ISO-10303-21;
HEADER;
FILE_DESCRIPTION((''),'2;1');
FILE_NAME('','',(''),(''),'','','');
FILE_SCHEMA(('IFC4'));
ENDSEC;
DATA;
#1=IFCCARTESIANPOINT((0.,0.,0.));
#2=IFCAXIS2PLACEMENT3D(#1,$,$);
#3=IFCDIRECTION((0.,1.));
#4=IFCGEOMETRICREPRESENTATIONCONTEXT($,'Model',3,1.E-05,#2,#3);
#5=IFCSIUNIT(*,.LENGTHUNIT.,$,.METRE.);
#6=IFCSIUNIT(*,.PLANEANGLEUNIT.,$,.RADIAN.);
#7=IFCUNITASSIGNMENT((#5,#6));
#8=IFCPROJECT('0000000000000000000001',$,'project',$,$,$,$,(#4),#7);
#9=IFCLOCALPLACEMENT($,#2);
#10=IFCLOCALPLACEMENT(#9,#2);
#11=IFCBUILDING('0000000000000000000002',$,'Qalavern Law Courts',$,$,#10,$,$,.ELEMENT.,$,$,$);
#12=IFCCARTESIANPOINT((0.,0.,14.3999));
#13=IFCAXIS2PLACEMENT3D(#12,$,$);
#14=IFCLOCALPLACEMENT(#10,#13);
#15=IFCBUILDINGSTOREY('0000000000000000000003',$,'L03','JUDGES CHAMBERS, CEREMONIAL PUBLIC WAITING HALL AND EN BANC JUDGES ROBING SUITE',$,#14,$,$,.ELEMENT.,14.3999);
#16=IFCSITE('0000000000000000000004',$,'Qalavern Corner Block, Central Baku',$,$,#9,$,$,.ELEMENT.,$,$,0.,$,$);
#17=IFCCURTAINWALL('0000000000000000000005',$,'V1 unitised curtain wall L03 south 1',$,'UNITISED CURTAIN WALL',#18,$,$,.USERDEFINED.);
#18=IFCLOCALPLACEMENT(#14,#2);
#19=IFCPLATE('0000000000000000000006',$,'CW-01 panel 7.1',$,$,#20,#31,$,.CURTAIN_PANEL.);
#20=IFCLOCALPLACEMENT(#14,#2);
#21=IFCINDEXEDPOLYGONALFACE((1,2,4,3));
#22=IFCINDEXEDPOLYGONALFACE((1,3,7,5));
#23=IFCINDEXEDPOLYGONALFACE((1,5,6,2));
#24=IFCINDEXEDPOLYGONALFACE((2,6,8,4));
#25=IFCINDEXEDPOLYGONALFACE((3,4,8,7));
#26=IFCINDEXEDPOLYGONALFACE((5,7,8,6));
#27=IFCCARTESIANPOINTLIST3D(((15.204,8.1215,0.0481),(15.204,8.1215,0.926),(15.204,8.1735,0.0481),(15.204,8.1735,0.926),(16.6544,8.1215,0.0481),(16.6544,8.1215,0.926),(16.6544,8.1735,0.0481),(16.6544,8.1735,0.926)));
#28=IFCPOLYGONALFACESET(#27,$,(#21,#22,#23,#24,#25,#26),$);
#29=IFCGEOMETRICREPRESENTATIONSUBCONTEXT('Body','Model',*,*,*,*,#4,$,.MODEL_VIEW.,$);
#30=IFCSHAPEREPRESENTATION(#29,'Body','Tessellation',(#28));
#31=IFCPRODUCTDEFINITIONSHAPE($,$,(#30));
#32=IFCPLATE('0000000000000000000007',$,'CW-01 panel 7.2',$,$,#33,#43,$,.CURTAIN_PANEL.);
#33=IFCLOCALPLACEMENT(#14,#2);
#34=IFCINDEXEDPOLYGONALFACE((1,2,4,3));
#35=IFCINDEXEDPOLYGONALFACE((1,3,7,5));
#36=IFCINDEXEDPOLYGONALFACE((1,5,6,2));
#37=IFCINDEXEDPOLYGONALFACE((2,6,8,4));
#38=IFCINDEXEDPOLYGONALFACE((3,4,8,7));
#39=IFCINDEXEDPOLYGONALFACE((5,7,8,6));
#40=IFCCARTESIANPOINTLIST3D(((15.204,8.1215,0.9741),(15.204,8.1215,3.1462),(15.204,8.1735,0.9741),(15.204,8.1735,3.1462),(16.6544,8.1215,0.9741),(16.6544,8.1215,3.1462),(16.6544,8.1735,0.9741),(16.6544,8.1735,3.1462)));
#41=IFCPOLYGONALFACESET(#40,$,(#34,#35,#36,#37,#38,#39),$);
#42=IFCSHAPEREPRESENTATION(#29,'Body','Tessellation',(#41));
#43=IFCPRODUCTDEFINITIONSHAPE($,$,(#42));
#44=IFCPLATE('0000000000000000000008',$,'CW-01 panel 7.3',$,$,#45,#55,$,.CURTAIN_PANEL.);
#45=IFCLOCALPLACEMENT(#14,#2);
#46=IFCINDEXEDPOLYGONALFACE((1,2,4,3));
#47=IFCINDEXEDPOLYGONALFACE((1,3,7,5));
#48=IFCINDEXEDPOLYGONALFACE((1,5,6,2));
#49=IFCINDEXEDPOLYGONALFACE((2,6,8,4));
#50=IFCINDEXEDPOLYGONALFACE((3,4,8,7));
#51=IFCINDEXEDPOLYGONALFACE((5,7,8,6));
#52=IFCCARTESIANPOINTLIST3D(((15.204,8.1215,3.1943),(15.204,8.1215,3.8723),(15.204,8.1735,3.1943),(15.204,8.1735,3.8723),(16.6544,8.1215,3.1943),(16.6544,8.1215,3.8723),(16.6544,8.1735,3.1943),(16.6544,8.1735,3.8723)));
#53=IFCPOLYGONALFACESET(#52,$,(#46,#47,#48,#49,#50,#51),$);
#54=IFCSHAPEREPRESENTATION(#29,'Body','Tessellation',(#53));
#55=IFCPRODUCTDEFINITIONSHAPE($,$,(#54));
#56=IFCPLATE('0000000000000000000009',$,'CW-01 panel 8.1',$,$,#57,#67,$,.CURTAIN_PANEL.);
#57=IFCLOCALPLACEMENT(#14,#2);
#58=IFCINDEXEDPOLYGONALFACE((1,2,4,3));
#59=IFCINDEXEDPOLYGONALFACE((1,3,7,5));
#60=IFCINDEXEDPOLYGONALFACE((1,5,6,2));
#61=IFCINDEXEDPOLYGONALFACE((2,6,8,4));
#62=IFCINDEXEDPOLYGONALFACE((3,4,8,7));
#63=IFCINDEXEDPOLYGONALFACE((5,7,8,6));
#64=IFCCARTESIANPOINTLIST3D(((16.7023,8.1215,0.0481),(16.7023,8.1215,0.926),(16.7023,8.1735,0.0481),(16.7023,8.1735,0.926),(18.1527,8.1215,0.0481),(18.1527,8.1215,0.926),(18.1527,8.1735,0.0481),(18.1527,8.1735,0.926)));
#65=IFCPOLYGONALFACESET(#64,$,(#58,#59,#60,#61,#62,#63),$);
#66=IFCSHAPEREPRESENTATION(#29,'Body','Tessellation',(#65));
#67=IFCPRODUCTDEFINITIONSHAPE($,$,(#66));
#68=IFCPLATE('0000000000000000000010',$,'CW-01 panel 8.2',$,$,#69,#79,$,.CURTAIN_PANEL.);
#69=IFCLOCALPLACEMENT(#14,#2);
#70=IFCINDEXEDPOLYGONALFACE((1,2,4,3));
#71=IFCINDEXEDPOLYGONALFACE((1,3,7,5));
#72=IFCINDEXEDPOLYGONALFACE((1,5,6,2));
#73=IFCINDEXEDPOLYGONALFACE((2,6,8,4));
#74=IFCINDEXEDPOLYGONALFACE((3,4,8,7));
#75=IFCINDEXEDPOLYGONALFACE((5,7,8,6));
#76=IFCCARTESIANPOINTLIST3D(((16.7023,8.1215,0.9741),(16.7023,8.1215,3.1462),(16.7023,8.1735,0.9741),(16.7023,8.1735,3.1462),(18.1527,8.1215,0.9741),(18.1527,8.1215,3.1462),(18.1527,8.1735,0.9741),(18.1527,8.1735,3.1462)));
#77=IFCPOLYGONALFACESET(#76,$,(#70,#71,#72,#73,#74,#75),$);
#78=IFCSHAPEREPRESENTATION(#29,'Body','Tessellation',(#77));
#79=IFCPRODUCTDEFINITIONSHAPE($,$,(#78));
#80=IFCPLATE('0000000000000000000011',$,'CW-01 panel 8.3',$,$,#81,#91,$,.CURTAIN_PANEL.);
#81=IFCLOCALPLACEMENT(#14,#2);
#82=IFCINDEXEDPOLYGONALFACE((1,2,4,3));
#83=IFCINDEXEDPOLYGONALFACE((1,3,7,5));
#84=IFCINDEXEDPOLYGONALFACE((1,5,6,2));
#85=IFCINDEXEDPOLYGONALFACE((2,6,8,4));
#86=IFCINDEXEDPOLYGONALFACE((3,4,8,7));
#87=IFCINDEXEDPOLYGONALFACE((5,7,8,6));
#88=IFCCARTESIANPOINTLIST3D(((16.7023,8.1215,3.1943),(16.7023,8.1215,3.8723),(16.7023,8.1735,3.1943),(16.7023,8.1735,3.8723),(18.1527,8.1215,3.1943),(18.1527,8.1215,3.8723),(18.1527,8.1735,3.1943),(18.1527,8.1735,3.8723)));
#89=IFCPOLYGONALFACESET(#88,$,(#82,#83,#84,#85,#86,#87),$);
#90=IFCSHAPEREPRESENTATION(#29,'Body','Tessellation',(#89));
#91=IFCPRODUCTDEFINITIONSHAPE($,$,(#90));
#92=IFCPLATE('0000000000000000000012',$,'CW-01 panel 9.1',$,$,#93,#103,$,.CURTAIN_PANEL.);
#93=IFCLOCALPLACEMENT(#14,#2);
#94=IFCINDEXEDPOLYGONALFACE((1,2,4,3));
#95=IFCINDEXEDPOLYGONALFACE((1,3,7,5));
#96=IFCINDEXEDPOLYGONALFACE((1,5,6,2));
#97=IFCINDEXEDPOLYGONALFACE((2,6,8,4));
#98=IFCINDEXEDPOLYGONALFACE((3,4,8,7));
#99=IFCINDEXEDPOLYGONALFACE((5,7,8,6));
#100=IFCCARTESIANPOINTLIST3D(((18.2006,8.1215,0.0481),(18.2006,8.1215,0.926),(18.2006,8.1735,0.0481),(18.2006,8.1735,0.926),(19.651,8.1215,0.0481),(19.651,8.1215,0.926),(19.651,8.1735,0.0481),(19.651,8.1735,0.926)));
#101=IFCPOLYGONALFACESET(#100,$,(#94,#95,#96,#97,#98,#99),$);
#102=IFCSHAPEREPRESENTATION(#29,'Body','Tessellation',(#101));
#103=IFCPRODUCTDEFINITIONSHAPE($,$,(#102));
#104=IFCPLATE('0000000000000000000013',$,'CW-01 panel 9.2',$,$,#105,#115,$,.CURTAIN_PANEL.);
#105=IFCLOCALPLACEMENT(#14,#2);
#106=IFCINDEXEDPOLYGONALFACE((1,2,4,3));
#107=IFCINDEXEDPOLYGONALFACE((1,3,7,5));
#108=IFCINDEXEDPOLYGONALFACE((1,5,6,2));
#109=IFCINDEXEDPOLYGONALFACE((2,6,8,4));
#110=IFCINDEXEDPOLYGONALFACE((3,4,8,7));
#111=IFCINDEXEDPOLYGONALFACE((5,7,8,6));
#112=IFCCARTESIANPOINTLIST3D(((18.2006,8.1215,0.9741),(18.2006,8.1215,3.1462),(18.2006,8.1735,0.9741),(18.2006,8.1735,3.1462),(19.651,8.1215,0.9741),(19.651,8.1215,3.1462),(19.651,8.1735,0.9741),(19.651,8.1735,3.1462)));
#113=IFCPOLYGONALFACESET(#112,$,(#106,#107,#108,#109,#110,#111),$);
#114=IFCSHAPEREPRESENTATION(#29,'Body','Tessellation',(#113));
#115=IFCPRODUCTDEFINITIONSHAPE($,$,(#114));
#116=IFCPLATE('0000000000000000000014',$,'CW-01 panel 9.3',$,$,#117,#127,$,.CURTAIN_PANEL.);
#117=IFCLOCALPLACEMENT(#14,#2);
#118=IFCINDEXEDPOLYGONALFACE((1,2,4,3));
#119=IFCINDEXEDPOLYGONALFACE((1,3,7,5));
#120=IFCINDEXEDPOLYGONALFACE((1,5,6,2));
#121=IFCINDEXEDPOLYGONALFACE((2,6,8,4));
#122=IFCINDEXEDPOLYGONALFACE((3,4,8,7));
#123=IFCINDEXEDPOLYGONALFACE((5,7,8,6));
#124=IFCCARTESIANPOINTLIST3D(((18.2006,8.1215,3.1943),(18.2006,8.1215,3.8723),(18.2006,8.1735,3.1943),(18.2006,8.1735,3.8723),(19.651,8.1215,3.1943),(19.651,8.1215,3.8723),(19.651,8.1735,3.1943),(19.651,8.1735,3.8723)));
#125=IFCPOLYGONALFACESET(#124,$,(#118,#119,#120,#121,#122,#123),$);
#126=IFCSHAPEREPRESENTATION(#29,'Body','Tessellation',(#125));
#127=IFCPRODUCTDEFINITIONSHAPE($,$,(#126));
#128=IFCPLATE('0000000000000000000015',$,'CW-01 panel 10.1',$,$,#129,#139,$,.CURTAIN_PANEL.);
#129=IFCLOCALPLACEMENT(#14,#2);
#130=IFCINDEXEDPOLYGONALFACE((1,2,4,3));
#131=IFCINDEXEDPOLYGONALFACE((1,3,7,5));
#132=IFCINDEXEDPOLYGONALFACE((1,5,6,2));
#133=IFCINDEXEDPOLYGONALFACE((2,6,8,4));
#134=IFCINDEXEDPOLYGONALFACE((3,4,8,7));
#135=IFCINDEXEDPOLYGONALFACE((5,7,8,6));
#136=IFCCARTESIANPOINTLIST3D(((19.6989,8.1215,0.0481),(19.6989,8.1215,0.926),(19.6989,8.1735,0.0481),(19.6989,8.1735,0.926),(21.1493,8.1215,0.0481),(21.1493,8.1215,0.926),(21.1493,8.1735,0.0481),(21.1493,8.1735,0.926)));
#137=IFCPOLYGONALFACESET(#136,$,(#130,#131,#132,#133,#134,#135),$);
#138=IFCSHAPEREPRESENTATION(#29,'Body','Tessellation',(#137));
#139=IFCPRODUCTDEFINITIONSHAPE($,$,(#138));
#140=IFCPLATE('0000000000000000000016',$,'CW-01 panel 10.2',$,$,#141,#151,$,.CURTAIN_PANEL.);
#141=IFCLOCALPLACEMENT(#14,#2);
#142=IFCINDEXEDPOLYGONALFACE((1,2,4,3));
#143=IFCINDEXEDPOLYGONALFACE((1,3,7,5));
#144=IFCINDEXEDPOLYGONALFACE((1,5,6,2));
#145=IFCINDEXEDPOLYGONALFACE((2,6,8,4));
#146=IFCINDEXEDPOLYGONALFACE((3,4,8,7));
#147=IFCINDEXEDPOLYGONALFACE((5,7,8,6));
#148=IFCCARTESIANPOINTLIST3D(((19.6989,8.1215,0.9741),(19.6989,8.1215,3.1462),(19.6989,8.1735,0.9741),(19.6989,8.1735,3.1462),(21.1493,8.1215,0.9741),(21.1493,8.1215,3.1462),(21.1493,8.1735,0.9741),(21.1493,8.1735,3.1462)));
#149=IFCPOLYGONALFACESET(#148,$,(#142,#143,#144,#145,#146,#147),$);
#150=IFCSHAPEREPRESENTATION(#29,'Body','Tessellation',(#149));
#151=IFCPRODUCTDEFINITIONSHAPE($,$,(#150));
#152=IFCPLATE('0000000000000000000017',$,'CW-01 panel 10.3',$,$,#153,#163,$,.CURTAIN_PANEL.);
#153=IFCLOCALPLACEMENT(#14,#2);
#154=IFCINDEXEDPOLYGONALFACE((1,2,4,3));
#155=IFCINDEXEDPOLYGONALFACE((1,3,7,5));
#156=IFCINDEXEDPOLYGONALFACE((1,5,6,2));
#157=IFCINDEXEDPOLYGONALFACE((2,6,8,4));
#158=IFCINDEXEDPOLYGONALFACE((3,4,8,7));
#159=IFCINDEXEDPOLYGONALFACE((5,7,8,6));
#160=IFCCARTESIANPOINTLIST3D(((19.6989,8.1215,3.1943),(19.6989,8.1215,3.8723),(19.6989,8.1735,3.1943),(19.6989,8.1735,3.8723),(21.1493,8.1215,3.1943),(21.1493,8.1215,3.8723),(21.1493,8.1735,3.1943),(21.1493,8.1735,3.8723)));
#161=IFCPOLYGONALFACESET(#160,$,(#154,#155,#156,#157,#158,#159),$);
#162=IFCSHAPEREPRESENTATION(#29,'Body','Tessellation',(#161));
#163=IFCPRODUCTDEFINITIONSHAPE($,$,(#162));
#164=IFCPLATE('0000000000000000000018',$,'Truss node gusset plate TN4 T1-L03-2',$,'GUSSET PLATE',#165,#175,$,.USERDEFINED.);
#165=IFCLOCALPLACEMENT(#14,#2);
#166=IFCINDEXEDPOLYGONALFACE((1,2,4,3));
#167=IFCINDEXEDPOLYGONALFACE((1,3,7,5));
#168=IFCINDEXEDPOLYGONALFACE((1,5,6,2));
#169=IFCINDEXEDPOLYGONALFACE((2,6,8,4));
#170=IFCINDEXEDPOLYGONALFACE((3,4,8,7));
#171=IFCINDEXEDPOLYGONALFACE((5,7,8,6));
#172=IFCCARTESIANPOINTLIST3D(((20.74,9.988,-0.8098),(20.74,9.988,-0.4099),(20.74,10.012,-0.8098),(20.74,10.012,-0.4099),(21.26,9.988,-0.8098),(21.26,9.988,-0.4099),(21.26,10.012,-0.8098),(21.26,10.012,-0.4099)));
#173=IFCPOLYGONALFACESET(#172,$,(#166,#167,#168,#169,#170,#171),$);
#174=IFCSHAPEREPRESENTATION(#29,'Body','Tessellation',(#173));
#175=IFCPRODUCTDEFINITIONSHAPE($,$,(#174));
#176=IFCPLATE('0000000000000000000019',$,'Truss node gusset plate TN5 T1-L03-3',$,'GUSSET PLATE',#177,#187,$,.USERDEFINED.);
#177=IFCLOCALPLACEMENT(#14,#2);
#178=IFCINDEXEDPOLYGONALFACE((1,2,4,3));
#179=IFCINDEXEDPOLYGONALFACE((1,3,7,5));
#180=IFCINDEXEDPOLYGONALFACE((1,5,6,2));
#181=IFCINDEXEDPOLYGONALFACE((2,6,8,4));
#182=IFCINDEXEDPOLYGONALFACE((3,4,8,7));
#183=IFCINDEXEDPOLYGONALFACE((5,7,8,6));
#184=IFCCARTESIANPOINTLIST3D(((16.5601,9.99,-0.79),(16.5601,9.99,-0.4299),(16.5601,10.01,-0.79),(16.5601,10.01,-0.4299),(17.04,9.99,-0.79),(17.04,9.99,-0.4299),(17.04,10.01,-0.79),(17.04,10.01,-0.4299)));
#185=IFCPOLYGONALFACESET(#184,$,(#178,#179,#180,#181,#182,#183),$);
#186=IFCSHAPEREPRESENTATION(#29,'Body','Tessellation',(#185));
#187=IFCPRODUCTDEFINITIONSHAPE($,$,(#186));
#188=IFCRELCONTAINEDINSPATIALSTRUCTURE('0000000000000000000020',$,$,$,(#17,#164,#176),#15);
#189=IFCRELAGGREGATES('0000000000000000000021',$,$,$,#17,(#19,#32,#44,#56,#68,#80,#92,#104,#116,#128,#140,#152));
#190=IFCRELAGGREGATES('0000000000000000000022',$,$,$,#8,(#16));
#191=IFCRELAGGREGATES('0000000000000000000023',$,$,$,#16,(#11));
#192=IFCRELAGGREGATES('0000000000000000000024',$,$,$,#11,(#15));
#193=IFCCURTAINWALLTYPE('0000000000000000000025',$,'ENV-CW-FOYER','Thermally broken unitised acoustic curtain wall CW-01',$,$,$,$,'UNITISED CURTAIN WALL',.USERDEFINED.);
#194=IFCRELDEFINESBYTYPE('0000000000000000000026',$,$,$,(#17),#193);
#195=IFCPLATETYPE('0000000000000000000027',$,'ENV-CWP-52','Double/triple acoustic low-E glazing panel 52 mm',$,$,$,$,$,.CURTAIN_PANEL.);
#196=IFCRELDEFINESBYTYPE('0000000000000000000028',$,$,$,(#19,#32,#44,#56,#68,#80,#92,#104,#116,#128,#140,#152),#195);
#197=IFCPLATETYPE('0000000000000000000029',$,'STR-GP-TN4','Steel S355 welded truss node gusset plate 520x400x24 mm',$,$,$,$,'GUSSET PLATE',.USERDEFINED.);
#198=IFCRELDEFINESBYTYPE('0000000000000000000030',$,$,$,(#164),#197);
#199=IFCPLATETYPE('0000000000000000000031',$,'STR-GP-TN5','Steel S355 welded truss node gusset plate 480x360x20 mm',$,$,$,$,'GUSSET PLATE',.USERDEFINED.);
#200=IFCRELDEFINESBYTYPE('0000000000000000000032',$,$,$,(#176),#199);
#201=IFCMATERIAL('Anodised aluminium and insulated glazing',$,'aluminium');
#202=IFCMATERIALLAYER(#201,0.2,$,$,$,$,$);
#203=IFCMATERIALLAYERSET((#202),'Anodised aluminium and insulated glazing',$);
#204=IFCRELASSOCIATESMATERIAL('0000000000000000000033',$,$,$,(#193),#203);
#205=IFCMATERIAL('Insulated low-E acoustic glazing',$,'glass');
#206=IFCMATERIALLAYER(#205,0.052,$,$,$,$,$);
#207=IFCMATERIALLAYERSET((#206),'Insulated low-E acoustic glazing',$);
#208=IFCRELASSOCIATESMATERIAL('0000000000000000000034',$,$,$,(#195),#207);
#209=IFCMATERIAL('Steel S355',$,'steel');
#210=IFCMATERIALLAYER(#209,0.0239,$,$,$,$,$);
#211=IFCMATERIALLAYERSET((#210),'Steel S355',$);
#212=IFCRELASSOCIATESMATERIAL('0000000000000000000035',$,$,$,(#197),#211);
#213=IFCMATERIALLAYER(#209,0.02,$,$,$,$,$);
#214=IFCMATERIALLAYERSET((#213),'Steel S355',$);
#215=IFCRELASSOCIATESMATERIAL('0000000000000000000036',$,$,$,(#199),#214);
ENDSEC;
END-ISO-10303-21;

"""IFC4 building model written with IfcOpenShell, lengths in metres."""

from ifc_helpers import new_model, si_unit, direction, frame, origin, origin_2d, place, context, subcontext, project, spatial, rectangle, extrude, material, layer, layer_set, type_object, element, aggregate, save


model = new_model("IFC4")

# Units and contexts
model_context = context("Model", 3, precision=1e-05, world=origin(), true_north=direction((0.0, 1.0)))
body_context = subcontext(model_context, "Body", "Model", "MODEL_VIEW")
ifc_project = project(units=[si_unit("LENGTHUNIT", "METRE"), si_unit("PLANEANGLEUNIT", "RADIAN")], contexts=[model_context])

# Site, building, storey
site_placement = place(None, origin())
site = spatial("IfcSite", under=ifc_project, at=site_placement, Name="Qalavern Corner Block, Central Baku", CompositionType="ELEMENT", RefElevation=0.0)
building_placement = place(site_placement, origin())
building = spatial("IfcBuilding", under=site, at=building_placement, Name="Qalavern Law Courts", CompositionType="ELEMENT")
storey_placement = place(building_placement, frame((0.0, 0.0, 14.3999)))
storey = spatial("IfcBuildingStorey", under=building, at=storey_placement, Name="L03", Description="JUDGES CHAMBERS, CEREMONIAL PUBLIC WAITING HALL AND EN BANC JUDGES ROBING SUITE", CompositionType="ELEMENT", Elevation=14.3999)

# Curtain wall
ifc_material_1 = material(Name="Anodised aluminium and insulated glazing", Category="aluminium")
ifc_layer_1 = layer(ifc_material_1, 0.2)
ifc_layer_set_1 = layer_set([ifc_layer_1], Name="Anodised aluminium and insulated glazing")
curtain_wall_type = type_object("IfcCurtainWallType", Name="ENV-CW-FOYER", Description="Thermally broken unitised acoustic curtain wall CW-01", ElementType="UNITISED CURTAIN WALL", PredefinedType="USERDEFINED", material=ifc_layer_set_1)
curtain_wall_placement = place(storey_placement, origin())
curtain_wall = element("IfcCurtainWall", 1, at=curtain_wall_placement, inside=storey, type_object=curtain_wall_type, Name="V1 unitised curtain wall L03 south 1", ObjectType="UNITISED CURTAIN WALL", PredefinedType="USERDEFINED")

# Shared definitions
ifc_material_2 = material(Name="Steel S355", Category="steel")

# Plates
ifc_material_3 = material(Name="Insulated low-E acoustic glazing", Category="glass")
ifc_layer_2 = layer(ifc_material_3, 0.052)
ifc_layer_set_2 = layer_set([ifc_layer_2], Name="Insulated low-E acoustic glazing")
plate_type_1 = type_object("IfcPlateType", Name="ENV-CWP-52", Description="Double/triple acoustic low-E glazing panel 52 mm", PredefinedType="CURTAIN_PANEL", material=ifc_layer_set_2)
plate_1_placement = place(storey_placement, frame((15.9292, 8.1475, 0.0481), z_axis=(0.0, 0.0, 1.0), x_axis=(1.0, 0.0, 0.0)))
plate_1 = element("IfcPlate", 2, at=plate_1_placement, type_object=plate_type_1, Name="CW-01 panel 7.1", PredefinedType="CURTAIN_PANEL", context=body_context, shape_type="SweptSolid", body=[
    extrude(rectangle(XDim=1.4504, YDim=0.052, at=origin_2d()), origin(), (0.0, 0.0, 1.0), 0.8779),
])
plate_2_placement = place(storey_placement, frame((15.9292, 8.1475, 0.9741), z_axis=(0.0, 0.0, 1.0), x_axis=(1.0, 0.0, 0.0)))
plate_2 = element("IfcPlate", 3, at=plate_2_placement, type_object=plate_type_1, Name="CW-01 panel 7.2", PredefinedType="CURTAIN_PANEL", context=body_context, shape_type="SweptSolid", body=[
    extrude(rectangle(XDim=1.4504, YDim=0.052, at=origin_2d()), origin(), (0.0, 0.0, 1.0), 2.1721),
])
plate_3_placement = place(storey_placement, frame((15.9292, 8.1475, 3.1943), z_axis=(0.0, 0.0, 1.0), x_axis=(1.0, 0.0, 0.0)))
plate_3 = element("IfcPlate", 4, at=plate_3_placement, type_object=plate_type_1, Name="CW-01 panel 7.3", PredefinedType="CURTAIN_PANEL", context=body_context, shape_type="SweptSolid", body=[
    extrude(rectangle(XDim=1.4504, YDim=0.052, at=origin_2d()), origin(), (0.0, 0.0, 1.0), 0.678),
])
plate_4_placement = place(storey_placement, frame((17.4275, 8.1475, 0.0481), z_axis=(0.0, 0.0, 1.0), x_axis=(1.0, 0.0, 0.0)))
plate_4 = element("IfcPlate", 5, at=plate_4_placement, type_object=plate_type_1, Name="CW-01 panel 8.1", PredefinedType="CURTAIN_PANEL", context=body_context, shape_type="SweptSolid", body=[
    extrude(rectangle(XDim=1.4504, YDim=0.052, at=origin_2d()), origin(), (0.0, 0.0, 1.0), 0.8779),
])
plate_5_placement = place(storey_placement, frame((17.4275, 8.1475, 0.9741), z_axis=(0.0, 0.0, 1.0), x_axis=(1.0, 0.0, 0.0)))
plate_5 = element("IfcPlate", 6, at=plate_5_placement, type_object=plate_type_1, Name="CW-01 panel 8.2", PredefinedType="CURTAIN_PANEL", context=body_context, shape_type="SweptSolid", body=[
    extrude(rectangle(XDim=1.4504, YDim=0.052, at=origin_2d()), origin(), (0.0, 0.0, 1.0), 2.1721),
])
plate_6_placement = place(storey_placement, frame((17.4275, 8.1475, 3.1943), z_axis=(0.0, 0.0, 1.0), x_axis=(1.0, 0.0, 0.0)))
plate_6 = element("IfcPlate", 7, at=plate_6_placement, type_object=plate_type_1, Name="CW-01 panel 8.3", PredefinedType="CURTAIN_PANEL", context=body_context, shape_type="SweptSolid", body=[
    extrude(rectangle(XDim=1.4504, YDim=0.052, at=origin_2d()), origin(), (0.0, 0.0, 1.0), 0.678),
])
plate_7_placement = place(storey_placement, frame((18.9258, 8.1475, 0.0481), z_axis=(0.0, 0.0, 1.0), x_axis=(1.0, 0.0, 0.0)))
plate_7 = element("IfcPlate", 8, at=plate_7_placement, type_object=plate_type_1, Name="CW-01 panel 9.1", PredefinedType="CURTAIN_PANEL", context=body_context, shape_type="SweptSolid", body=[
    extrude(rectangle(XDim=1.4504, YDim=0.052, at=origin_2d()), origin(), (0.0, 0.0, 1.0), 0.8779),
])
plate_8_placement = place(storey_placement, frame((18.9258, 8.1475, 0.9741), z_axis=(0.0, 0.0, 1.0), x_axis=(1.0, 0.0, 0.0)))
plate_8 = element("IfcPlate", 9, at=plate_8_placement, type_object=plate_type_1, Name="CW-01 panel 9.2", PredefinedType="CURTAIN_PANEL", context=body_context, shape_type="SweptSolid", body=[
    extrude(rectangle(XDim=1.4504, YDim=0.052, at=origin_2d()), origin(), (0.0, 0.0, 1.0), 2.1721),
])
plate_9_placement = place(storey_placement, frame((18.9258, 8.1475, 3.1943), z_axis=(0.0, 0.0, 1.0), x_axis=(1.0, 0.0, 0.0)))
plate_9 = element("IfcPlate", 10, at=plate_9_placement, type_object=plate_type_1, Name="CW-01 panel 9.3", PredefinedType="CURTAIN_PANEL", context=body_context, shape_type="SweptSolid", body=[
    extrude(rectangle(XDim=1.4504, YDim=0.052, at=origin_2d()), origin(), (0.0, 0.0, 1.0), 0.678),
])
plate_10_placement = place(storey_placement, frame((20.4241, 8.1475, 0.0481), z_axis=(0.0, 0.0, 1.0), x_axis=(1.0, 0.0, 0.0)))
plate_10 = element("IfcPlate", 11, at=plate_10_placement, type_object=plate_type_1, Name="CW-01 panel 10.1", PredefinedType="CURTAIN_PANEL", context=body_context, shape_type="SweptSolid", body=[
    extrude(rectangle(XDim=1.4504, YDim=0.052, at=origin_2d()), origin(), (0.0, 0.0, 1.0), 0.8779),
])
plate_11_placement = place(storey_placement, frame((20.4241, 8.1475, 0.9741), z_axis=(0.0, 0.0, 1.0), x_axis=(1.0, 0.0, 0.0)))
plate_11 = element("IfcPlate", 12, at=plate_11_placement, type_object=plate_type_1, Name="CW-01 panel 10.2", PredefinedType="CURTAIN_PANEL", context=body_context, shape_type="SweptSolid", body=[
    extrude(rectangle(XDim=1.4504, YDim=0.052, at=origin_2d()), origin(), (0.0, 0.0, 1.0), 2.1721),
])
plate_12_placement = place(storey_placement, frame((20.4241, 8.1475, 3.1943), z_axis=(0.0, 0.0, 1.0), x_axis=(1.0, 0.0, 0.0)))
plate_12 = element("IfcPlate", 13, at=plate_12_placement, type_object=plate_type_1, Name="CW-01 panel 10.3", PredefinedType="CURTAIN_PANEL", context=body_context, shape_type="SweptSolid", body=[
    extrude(rectangle(XDim=1.4504, YDim=0.052, at=origin_2d()), origin(), (0.0, 0.0, 1.0), 0.678),
])
aggregate(curtain_wall, [plate_1, plate_2, plate_3, plate_4, plate_5, plate_6, plate_7, plate_8, plate_9, plate_10, plate_11, plate_12])

# Plates
ifc_layer_3 = layer(ifc_material_2, 0.0239)
ifc_layer_set_3 = layer_set([ifc_layer_3], Name="Steel S355")
plate_type_2 = type_object("IfcPlateType", Name="STR-GP-TN4", Description="Steel S355 welded truss node gusset plate 520x400x24 mm", ElementType="GUSSET PLATE", PredefinedType="USERDEFINED", material=ifc_layer_set_3)
plate_13_placement = place(storey_placement, frame((21.0, 10.0, -0.8098), z_axis=(0.0, 0.0, 1.0), x_axis=(1.0, 0.0, 0.0)))
element("IfcPlate", 14, at=plate_13_placement, inside=storey, type_object=plate_type_2, Name="Truss node gusset plate TN4 T1-L03-2", ObjectType="GUSSET PLATE", PredefinedType="USERDEFINED", context=body_context, shape_type="SweptSolid", body=[
    extrude(rectangle(XDim=0.52, YDim=0.0239, at=origin_2d()), origin(), (0.0, 0.0, 1.0), 0.3999),
])
ifc_layer_4 = layer(ifc_material_2, 0.02)
ifc_layer_set_4 = layer_set([ifc_layer_4], Name="Steel S355")
plate_type_3 = type_object("IfcPlateType", Name="STR-GP-TN5", Description="Steel S355 welded truss node gusset plate 480x360x20 mm", ElementType="GUSSET PLATE", PredefinedType="USERDEFINED", material=ifc_layer_set_4)
plate_14_placement = place(storey_placement, frame((16.8, 10.0, -0.79), z_axis=(0.0, 0.0, 1.0), x_axis=(1.0, 0.0, 0.0)))
element("IfcPlate", 15, at=plate_14_placement, inside=storey, type_object=plate_type_3, Name="Truss node gusset plate TN5 T1-L03-3", ObjectType="GUSSET PLATE", PredefinedType="USERDEFINED", context=body_context, shape_type="SweptSolid", body=[
    extrude(rectangle(XDim=0.48, YDim=0.02, at=origin_2d()), origin(), (0.0, 0.0, 1.0), 0.3601),
])

save(model, "model.ifc")
